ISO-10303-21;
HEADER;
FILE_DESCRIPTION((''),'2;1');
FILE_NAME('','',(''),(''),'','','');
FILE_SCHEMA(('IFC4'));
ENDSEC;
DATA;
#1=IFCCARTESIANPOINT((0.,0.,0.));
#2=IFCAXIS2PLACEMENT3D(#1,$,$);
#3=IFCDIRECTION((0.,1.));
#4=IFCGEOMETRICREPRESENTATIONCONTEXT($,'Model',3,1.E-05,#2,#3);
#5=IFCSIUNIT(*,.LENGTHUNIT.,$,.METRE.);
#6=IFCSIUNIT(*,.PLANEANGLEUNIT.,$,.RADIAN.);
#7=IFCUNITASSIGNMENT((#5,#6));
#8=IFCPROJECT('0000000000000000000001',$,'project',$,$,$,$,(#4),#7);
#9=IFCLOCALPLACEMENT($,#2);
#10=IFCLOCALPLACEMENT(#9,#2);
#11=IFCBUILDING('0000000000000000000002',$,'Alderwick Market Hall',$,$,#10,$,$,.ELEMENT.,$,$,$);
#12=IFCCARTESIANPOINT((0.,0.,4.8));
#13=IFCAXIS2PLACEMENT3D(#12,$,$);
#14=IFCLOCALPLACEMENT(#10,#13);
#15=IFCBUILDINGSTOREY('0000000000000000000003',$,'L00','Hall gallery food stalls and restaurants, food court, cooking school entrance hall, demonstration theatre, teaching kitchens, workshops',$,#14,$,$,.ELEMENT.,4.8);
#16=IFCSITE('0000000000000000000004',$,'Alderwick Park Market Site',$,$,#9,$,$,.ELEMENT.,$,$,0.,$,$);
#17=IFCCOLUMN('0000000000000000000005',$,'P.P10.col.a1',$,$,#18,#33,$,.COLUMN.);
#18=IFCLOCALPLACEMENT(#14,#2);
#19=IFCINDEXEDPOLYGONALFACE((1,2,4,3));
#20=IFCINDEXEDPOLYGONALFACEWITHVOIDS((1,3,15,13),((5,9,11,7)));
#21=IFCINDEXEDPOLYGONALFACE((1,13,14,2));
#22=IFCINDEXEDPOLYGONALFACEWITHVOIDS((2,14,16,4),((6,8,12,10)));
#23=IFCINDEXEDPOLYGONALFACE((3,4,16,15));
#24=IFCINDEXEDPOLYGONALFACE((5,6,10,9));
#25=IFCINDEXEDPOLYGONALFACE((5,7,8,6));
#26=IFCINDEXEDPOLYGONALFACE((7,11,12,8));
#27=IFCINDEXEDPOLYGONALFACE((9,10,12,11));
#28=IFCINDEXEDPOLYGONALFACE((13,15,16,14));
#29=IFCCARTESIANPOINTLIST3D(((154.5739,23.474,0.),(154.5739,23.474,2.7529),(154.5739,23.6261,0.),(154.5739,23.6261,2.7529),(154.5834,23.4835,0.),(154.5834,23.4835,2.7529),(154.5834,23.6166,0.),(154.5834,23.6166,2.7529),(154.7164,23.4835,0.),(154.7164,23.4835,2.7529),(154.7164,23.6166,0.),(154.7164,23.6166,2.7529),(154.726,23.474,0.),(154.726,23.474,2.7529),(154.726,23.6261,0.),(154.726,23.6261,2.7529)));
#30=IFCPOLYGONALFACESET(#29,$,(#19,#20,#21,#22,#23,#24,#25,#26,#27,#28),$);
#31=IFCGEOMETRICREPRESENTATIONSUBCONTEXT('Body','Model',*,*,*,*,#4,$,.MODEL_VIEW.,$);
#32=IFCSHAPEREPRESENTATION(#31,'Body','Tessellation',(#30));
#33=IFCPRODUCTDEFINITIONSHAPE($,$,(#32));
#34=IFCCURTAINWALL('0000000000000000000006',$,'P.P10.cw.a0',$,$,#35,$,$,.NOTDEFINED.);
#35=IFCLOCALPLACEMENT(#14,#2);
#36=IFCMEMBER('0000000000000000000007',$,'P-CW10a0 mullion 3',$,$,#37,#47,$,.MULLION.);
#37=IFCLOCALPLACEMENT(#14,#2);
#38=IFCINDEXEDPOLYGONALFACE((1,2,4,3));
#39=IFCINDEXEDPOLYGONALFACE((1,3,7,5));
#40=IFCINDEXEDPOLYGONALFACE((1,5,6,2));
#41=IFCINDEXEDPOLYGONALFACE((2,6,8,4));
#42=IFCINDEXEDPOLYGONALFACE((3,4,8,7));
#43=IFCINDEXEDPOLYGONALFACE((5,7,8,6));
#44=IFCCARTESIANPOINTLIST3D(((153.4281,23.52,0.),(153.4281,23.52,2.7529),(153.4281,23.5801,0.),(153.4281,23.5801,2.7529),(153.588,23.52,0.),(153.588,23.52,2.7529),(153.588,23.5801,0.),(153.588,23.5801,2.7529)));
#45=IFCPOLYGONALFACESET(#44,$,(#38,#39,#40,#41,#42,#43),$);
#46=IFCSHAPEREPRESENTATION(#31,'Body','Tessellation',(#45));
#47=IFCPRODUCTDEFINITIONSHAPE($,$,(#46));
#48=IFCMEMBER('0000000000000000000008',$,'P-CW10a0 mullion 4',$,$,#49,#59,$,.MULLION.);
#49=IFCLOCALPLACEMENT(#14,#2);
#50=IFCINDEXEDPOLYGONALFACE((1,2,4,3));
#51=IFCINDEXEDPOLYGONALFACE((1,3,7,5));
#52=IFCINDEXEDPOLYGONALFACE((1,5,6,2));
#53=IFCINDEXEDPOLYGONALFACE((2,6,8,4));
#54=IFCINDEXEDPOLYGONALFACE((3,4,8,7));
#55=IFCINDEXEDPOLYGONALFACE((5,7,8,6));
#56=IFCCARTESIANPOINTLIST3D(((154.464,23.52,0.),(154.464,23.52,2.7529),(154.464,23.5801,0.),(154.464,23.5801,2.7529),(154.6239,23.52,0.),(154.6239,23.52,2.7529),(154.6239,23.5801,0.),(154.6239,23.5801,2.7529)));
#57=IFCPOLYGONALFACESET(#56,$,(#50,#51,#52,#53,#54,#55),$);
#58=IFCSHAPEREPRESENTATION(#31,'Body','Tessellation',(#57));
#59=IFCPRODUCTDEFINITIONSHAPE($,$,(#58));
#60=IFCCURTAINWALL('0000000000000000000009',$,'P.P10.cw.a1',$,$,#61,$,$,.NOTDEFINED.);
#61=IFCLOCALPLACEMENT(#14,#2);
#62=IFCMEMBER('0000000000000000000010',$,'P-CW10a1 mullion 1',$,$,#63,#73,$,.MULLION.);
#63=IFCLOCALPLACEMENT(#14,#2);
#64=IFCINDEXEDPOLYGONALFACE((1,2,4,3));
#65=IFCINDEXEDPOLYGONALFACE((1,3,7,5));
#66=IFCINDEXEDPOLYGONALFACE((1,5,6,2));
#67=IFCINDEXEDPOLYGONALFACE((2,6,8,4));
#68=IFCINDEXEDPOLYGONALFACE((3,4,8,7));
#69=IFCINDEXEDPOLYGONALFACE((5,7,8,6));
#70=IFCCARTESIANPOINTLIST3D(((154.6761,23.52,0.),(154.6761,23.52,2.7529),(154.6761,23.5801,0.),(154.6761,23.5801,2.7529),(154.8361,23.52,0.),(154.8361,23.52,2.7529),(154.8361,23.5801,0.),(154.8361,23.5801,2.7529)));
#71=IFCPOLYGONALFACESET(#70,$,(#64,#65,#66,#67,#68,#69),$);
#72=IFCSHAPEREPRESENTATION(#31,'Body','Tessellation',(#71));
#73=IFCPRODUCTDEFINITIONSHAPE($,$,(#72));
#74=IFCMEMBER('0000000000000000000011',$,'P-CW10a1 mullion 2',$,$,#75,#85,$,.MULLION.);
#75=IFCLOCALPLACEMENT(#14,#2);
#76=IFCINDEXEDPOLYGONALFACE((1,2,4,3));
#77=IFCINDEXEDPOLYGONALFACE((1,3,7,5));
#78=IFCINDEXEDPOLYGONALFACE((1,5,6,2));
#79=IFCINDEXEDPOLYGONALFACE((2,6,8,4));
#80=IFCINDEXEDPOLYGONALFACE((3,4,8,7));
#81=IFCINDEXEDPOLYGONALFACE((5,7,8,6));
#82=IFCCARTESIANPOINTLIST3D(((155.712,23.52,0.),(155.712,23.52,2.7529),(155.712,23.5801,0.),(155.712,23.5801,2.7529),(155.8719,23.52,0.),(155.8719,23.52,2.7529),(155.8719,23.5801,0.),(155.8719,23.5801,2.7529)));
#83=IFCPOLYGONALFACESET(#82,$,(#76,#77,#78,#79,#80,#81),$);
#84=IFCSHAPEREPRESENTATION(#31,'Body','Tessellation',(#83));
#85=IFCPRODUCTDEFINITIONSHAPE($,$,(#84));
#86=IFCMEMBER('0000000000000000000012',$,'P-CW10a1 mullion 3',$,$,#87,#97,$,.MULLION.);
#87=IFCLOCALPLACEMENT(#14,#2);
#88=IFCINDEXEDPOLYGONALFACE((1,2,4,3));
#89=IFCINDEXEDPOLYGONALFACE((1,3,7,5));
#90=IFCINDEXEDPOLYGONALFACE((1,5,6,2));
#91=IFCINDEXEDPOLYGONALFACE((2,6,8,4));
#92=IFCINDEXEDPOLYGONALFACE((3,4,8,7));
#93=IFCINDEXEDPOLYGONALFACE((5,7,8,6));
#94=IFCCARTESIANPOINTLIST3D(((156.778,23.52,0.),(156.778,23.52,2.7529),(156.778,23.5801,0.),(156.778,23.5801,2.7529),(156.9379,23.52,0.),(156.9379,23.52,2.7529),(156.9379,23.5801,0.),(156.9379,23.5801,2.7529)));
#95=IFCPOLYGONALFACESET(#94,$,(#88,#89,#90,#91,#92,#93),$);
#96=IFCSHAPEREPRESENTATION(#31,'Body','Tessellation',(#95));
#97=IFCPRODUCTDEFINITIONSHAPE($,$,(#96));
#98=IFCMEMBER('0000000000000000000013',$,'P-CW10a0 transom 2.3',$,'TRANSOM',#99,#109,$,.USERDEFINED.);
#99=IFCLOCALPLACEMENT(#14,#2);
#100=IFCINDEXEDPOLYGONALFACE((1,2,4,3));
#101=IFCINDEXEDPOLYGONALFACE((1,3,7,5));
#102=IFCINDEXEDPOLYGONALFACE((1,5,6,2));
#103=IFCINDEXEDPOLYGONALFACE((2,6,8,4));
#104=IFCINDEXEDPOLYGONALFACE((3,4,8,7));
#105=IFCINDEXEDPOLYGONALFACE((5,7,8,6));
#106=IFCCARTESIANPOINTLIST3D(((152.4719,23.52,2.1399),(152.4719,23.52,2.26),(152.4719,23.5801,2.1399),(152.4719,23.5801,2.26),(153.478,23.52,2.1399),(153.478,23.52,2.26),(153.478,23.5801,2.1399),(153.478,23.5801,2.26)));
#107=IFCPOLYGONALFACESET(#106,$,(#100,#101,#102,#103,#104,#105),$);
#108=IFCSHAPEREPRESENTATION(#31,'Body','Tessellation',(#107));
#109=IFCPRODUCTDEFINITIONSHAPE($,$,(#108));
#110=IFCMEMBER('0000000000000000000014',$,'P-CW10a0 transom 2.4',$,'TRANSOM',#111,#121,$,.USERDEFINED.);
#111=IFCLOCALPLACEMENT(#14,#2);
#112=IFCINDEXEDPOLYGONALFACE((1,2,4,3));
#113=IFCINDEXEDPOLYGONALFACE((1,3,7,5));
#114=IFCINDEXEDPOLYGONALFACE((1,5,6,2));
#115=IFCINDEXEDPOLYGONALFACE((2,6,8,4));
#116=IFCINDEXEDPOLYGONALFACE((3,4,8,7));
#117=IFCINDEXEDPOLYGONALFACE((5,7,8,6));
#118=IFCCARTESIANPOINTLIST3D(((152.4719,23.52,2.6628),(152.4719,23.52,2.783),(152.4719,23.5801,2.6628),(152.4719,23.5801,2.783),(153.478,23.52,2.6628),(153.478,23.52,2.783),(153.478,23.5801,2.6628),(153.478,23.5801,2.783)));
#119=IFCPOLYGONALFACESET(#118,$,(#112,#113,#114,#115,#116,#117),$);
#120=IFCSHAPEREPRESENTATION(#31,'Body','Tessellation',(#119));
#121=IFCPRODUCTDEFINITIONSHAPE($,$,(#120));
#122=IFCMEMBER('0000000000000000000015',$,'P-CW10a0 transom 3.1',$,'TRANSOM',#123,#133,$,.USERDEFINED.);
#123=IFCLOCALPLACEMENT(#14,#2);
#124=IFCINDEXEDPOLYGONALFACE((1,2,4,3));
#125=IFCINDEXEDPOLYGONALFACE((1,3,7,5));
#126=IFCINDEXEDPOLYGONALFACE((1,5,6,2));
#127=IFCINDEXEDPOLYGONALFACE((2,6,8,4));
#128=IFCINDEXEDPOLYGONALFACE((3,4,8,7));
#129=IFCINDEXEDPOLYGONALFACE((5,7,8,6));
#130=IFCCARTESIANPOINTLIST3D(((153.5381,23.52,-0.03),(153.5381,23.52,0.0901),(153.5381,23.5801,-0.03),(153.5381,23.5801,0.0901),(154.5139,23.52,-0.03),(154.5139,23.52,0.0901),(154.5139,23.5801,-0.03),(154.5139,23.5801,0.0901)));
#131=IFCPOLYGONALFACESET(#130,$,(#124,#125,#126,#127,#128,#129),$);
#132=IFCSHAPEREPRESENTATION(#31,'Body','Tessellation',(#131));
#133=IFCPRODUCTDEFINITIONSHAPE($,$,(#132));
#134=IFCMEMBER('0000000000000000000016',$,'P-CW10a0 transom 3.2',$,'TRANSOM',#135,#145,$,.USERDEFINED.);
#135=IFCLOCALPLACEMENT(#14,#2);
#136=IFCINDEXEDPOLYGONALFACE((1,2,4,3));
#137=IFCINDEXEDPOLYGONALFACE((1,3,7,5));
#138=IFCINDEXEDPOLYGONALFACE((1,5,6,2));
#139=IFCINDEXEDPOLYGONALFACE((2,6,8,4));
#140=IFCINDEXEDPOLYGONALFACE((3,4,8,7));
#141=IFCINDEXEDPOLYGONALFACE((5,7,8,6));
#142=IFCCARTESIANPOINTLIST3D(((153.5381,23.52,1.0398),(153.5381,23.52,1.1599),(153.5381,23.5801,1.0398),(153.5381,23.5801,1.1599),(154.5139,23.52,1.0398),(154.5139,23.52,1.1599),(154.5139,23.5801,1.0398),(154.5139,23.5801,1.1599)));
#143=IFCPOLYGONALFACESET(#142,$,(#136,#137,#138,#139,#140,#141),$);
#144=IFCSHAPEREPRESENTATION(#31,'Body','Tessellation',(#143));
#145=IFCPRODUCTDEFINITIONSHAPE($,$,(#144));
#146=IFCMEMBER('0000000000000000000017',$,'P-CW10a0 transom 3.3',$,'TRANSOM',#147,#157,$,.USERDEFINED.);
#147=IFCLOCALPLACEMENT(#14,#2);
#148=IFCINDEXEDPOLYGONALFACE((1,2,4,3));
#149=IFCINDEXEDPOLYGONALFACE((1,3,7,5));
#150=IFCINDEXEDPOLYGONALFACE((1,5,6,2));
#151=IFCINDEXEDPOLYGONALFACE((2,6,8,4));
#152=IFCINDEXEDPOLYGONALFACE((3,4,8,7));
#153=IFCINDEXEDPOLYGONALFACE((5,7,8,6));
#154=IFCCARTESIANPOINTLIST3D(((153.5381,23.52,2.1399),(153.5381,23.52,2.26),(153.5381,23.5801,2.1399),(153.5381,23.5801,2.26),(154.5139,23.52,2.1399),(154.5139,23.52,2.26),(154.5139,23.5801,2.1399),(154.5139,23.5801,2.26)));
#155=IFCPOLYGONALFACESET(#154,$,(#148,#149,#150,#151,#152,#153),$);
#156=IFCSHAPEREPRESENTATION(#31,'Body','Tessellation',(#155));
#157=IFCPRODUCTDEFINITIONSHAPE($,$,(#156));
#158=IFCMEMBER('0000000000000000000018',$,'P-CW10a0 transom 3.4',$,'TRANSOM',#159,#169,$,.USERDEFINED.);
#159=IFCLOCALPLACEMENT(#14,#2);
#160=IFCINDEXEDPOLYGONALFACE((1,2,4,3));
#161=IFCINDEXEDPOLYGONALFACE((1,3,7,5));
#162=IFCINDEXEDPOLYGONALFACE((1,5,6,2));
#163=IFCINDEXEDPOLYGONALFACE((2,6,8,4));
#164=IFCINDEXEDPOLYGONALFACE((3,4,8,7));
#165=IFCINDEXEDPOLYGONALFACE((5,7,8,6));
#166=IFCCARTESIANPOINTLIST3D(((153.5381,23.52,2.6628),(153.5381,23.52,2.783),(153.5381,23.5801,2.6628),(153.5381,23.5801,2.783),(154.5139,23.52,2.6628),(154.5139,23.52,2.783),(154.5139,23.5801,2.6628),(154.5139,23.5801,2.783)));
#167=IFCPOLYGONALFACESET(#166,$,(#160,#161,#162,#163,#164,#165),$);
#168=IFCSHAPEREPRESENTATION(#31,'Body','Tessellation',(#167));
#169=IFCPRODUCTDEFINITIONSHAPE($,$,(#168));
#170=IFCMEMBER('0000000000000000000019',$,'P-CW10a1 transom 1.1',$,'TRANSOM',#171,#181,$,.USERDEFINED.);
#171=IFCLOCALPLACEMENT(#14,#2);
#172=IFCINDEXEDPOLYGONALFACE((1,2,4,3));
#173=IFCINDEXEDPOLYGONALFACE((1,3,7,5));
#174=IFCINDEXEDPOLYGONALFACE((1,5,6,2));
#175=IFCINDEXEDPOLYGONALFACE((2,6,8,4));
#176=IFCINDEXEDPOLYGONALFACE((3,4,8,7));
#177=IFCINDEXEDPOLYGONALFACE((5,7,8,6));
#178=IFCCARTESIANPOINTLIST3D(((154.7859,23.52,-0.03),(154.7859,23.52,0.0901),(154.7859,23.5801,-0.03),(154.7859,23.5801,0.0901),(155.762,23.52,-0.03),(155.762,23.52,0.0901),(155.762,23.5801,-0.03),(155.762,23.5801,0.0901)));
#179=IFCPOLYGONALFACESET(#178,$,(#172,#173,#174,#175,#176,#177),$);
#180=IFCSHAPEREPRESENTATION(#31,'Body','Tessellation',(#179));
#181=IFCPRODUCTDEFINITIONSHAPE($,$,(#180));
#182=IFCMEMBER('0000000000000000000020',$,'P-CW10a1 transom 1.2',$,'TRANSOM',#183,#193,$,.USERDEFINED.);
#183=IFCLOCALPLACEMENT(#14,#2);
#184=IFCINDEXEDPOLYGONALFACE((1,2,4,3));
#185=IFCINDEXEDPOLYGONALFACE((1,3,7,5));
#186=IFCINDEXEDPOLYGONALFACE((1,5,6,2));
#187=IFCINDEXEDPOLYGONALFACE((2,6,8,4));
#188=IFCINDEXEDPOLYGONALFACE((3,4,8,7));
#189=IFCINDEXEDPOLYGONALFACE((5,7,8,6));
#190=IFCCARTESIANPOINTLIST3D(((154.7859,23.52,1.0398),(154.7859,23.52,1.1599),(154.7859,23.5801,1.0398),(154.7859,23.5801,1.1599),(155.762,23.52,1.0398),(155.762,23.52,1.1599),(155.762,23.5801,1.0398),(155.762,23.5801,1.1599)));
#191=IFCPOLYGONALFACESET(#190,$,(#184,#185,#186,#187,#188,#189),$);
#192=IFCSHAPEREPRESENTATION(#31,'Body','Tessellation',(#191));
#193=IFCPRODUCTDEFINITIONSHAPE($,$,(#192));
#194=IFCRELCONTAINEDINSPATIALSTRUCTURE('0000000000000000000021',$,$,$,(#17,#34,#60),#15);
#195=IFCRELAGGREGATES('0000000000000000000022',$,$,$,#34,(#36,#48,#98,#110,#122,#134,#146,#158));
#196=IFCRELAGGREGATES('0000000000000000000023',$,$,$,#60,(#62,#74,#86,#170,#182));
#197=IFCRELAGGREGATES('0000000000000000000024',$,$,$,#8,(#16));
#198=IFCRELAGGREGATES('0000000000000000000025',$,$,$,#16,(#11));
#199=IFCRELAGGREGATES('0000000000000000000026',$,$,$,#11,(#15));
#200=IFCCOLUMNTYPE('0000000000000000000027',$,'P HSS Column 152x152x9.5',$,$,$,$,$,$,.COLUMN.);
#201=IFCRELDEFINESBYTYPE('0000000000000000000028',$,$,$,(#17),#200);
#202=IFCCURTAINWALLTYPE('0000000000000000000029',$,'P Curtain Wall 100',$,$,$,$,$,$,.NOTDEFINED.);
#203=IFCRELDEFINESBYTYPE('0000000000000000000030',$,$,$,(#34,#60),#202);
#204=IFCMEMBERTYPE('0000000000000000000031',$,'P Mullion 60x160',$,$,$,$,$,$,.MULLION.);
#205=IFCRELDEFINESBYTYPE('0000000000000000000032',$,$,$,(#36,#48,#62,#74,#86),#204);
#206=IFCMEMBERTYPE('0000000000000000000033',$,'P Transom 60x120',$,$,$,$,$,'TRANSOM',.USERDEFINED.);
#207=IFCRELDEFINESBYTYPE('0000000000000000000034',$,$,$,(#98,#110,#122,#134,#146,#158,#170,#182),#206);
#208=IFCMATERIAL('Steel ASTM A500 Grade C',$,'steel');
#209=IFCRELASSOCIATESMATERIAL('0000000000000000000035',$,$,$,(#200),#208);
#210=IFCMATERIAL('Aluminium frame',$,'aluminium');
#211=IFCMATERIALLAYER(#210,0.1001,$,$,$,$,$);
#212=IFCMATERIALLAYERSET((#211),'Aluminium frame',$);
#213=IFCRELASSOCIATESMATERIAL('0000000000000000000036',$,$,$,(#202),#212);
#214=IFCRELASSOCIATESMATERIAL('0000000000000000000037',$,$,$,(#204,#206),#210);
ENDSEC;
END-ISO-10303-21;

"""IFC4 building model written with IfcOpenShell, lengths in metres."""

from ifc_helpers import new_model, si_unit, direction, frame, origin, origin_2d, place, context, subcontext, project, spatial, rectangle, hollow_rectangle, extrude, material, layer, layer_set, material_profile, profile_set, type_object, element, aggregate, save


model = new_model("IFC4")

# Units and contexts
model_context = context("Model", 3, precision=1e-05, world=origin(), true_north=direction((0.0, 1.0)))
body_context = subcontext(model_context, "Body", "Model", "MODEL_VIEW")
ifc_project = project(units=[si_unit("LENGTHUNIT", "METRE"), si_unit("PLANEANGLEUNIT", "RADIAN")], contexts=[model_context])

# Site, building, storey
site_placement = place(None, origin())
site = spatial("IfcSite", under=ifc_project, at=site_placement, Name="Alderwick Park Market Site", CompositionType="ELEMENT", RefElevation=0.0)
building_placement = place(site_placement, origin())
building = spatial("IfcBuilding", under=site, at=building_placement, Name="Alderwick Market Hall", CompositionType="ELEMENT")
storey_placement = place(building_placement, frame((0.0, 0.0, 4.8)))
storey = spatial("IfcBuildingStorey", under=building, at=storey_placement, Name="L00", Description="Hall gallery food stalls and restaurants, food court, cooking school entrance hall, demonstration theatre, teaching kitchens, workshops", CompositionType="ELEMENT", Elevation=4.8)

# Column
ifc_material_1 = material(Name="Steel ASTM A500 Grade C", Category="steel")
ifc_material_profile_1 = material_profile(ifc_material_1, hollow_rectangle(XDim=0.1521, YDim=0.1521, WallThickness=0.0095, at=origin_2d()), Name="HSS152x152x9.5")
ifc_profile_set_1 = profile_set([ifc_material_profile_1], Name="Steel ASTM A500 Grade C")
column_type = type_object("IfcColumnType", Name="P HSS Column 152x152x9.5", PredefinedType="COLUMN", material=ifc_profile_set_1)
column_placement = place(storey_placement, frame((154.6499, 23.55, 0.0), z_axis=(0.0, 0.0, 1.0), x_axis=(1.0, 0.0, 0.0)))
element("IfcColumn", 1, at=column_placement, inside=storey, type_object=column_type, Name="P.P10.col.a1", PredefinedType="COLUMN", context=body_context, shape_type="SweptSolid", body=[
    extrude(hollow_rectangle(XDim=0.1521, YDim=0.1521, WallThickness=0.0095, at=origin_2d()), origin(), (0.0, 0.0, 1.0), 2.7529),
])

# Curtain walls, members
ifc_material_2 = material(Name="Aluminium frame", Category="aluminium")
ifc_layer_1 = layer(ifc_material_2, 0.1001)
ifc_layer_set_1 = layer_set([ifc_layer_1], Name="Aluminium frame")
curtain_wall_type = type_object("IfcCurtainWallType", Name="P Curtain Wall 100", PredefinedType="NOTDEFINED", material=ifc_layer_set_1)
curtain_wall_1_placement = place(storey_placement, origin())
curtain_wall_1 = element("IfcCurtainWall", 2, at=curtain_wall_1_placement, inside=storey, type_object=curtain_wall_type, Name="P.P10.cw.a0", PredefinedType="NOTDEFINED")
ifc_material_profile_2 = material_profile(ifc_material_2, rectangle(XDim=0.0601, YDim=0.1599, at=origin_2d()), Name="P Mullion 60x160")
ifc_profile_set_2 = profile_set([ifc_material_profile_2], Name="Aluminium frame")
member_type_1 = type_object("IfcMemberType", Name="P Mullion 60x160", PredefinedType="MULLION", material=ifc_profile_set_2)
member_1_placement = place(storey_placement, frame((153.5081, 23.55, 0.0), z_axis=(0.0, 0.0, 1.0), x_axis=(0.0, 1.0, 0.0)))
member_1 = element("IfcMember", 3, at=member_1_placement, type_object=member_type_1, Name="P-CW10a0 mullion 3", PredefinedType="MULLION", context=body_context, shape_type="SweptSolid", body=[
    extrude(rectangle(XDim=0.0601, YDim=0.1599, at=origin_2d()), origin(), (0.0, 0.0, 1.0), 2.7529),
])
member_2_placement = place(storey_placement, frame((154.5439, 23.55, 0.0), z_axis=(0.0, 0.0, 1.0), x_axis=(0.0, 1.0, 0.0)))
member_2 = element("IfcMember", 4, at=member_2_placement, type_object=member_type_1, Name="P-CW10a0 mullion 4", PredefinedType="MULLION", context=body_context, shape_type="SweptSolid", body=[
    extrude(rectangle(XDim=0.0601, YDim=0.1599, at=origin_2d()), origin(), (0.0, 0.0, 1.0), 2.7529),
])
curtain_wall_2_placement = place(storey_placement, origin())
curtain_wall_2 = element("IfcCurtainWall", 5, at=curtain_wall_2_placement, inside=storey, type_object=curtain_wall_type, Name="P.P10.cw.a1", PredefinedType="NOTDEFINED")
member_3_placement = place(storey_placement, frame((154.7561, 23.55, 0.0), z_axis=(0.0, 0.0, 1.0), x_axis=(0.0, 1.0, 0.0)))
member_3 = element("IfcMember", 6, at=member_3_placement, type_object=member_type_1, Name="P-CW10a1 mullion 1", PredefinedType="MULLION", context=body_context, shape_type="SweptSolid", body=[
    extrude(rectangle(XDim=0.0601, YDim=0.1599, at=origin_2d()), origin(), (0.0, 0.0, 1.0), 2.7529),
])
member_4_placement = place(storey_placement, frame((155.792, 23.55, 0.0), z_axis=(0.0, 0.0, 1.0), x_axis=(0.0, 1.0, 0.0)))
member_4 = element("IfcMember", 7, at=member_4_placement, type_object=member_type_1, Name="P-CW10a1 mullion 2", PredefinedType="MULLION", context=body_context, shape_type="SweptSolid", body=[
    extrude(rectangle(XDim=0.0601, YDim=0.1599, at=origin_2d()), origin(), (0.0, 0.0, 1.0), 2.7529),
])
member_5_placement = place(storey_placement, frame((156.8579, 23.55, 0.0), z_axis=(0.0, 0.0, 1.0), x_axis=(0.0, 1.0, 0.0)))
member_5 = element("IfcMember", 8, at=member_5_placement, type_object=member_type_1, Name="P-CW10a1 mullion 3", PredefinedType="MULLION", context=body_context, shape_type="SweptSolid", body=[
    extrude(rectangle(XDim=0.0601, YDim=0.1599, at=origin_2d()), origin(), (0.0, 0.0, 1.0), 2.7529),
])

# Members
ifc_material_profile_3 = material_profile(ifc_material_2, rectangle(XDim=0.0601, YDim=0.1201, at=origin_2d()), Name="P Transom 60x120")
ifc_profile_set_3 = profile_set([ifc_material_profile_3], Name="Aluminium frame")
member_type_2 = type_object("IfcMemberType", Name="P Transom 60x120", ElementType="TRANSOM", PredefinedType="USERDEFINED", material=ifc_profile_set_3)
member_6_placement = place(storey_placement, frame((152.4719, 23.55, 2.2), z_axis=(1.0, 0.0, 0.0), x_axis=(0.0, 1.0, 0.0)))
member_6 = element("IfcMember", 9, at=member_6_placement, type_object=member_type_2, Name="P-CW10a0 transom 2.3", ObjectType="TRANSOM", PredefinedType="USERDEFINED", context=body_context, shape_type="SweptSolid", body=[
    extrude(rectangle(XDim=0.0601, YDim=0.1201, at=origin_2d()), origin(), (0.0, 0.0, 1.0), 1.0061),
])
member_7_placement = place(storey_placement, frame((152.4719, 23.55, 2.7229), z_axis=(1.0, 0.0, 0.0), x_axis=(0.0, 1.0, 0.0)))
member_7 = element("IfcMember", 10, at=member_7_placement, type_object=member_type_2, Name="P-CW10a0 transom 2.4", ObjectType="TRANSOM", PredefinedType="USERDEFINED", context=body_context, shape_type="SweptSolid", body=[
    extrude(rectangle(XDim=0.0601, YDim=0.1201, at=origin_2d()), origin(), (0.0, 0.0, 1.0), 1.0061),
])
member_8_placement = place(storey_placement, frame((153.5381, 23.55, 0.03), z_axis=(1.0, 0.0, 0.0), x_axis=(0.0, 1.0, 0.0)))
member_8 = element("IfcMember", 11, at=member_8_placement, type_object=member_type_2, Name="P-CW10a0 transom 3.1", ObjectType="TRANSOM", PredefinedType="USERDEFINED", context=body_context, shape_type="SweptSolid", body=[
    extrude(rectangle(XDim=0.0601, YDim=0.1201, at=origin_2d()), origin(), (0.0, 0.0, 1.0), 0.9758),
])
member_9_placement = place(storey_placement, frame((153.5381, 23.55, 1.0999), z_axis=(1.0, 0.0, 0.0), x_axis=(0.0, 1.0, 0.0)))
member_9 = element("IfcMember", 12, at=member_9_placement, type_object=member_type_2, Name="P-CW10a0 transom 3.2", ObjectType="TRANSOM", PredefinedType="USERDEFINED", context=body_context, shape_type="SweptSolid", body=[
    extrude(rectangle(XDim=0.0601, YDim=0.1201, at=origin_2d()), origin(), (0.0, 0.0, 1.0), 0.9758),
])
member_10_placement = place(storey_placement, frame((153.5381, 23.55, 2.2), z_axis=(1.0, 0.0, 0.0), x_axis=(0.0, 1.0, 0.0)))
member_10 = element("IfcMember", 13, at=member_10_placement, type_object=member_type_2, Name="P-CW10a0 transom 3.3", ObjectType="TRANSOM", PredefinedType="USERDEFINED", context=body_context, shape_type="SweptSolid", body=[
    extrude(rectangle(XDim=0.0601, YDim=0.1201, at=origin_2d()), origin(), (0.0, 0.0, 1.0), 0.9758),
])
member_11_placement = place(storey_placement, frame((153.5381, 23.55, 2.7229), z_axis=(1.0, 0.0, 0.0), x_axis=(0.0, 1.0, 0.0)))
member_11 = element("IfcMember", 14, at=member_11_placement, type_object=member_type_2, Name="P-CW10a0 transom 3.4", ObjectType="TRANSOM", PredefinedType="USERDEFINED", context=body_context, shape_type="SweptSolid", body=[
    extrude(rectangle(XDim=0.0601, YDim=0.1201, at=origin_2d()), origin(), (0.0, 0.0, 1.0), 0.9758),
])
member_12_placement = place(storey_placement, frame((154.7859, 23.55, 0.03), z_axis=(1.0, 0.0, 0.0), x_axis=(0.0, 1.0, 0.0)))
member_12 = element("IfcMember", 15, at=member_12_placement, type_object=member_type_2, Name="P-CW10a1 transom 1.1", ObjectType="TRANSOM", PredefinedType="USERDEFINED", context=body_context, shape_type="SweptSolid", body=[
    extrude(rectangle(XDim=0.0601, YDim=0.1201, at=origin_2d()), origin(), (0.0, 0.0, 1.0), 0.9761),
])
member_13_placement = place(storey_placement, frame((154.7859, 23.55, 1.0999), z_axis=(1.0, 0.0, 0.0), x_axis=(0.0, 1.0, 0.0)))
member_13 = element("IfcMember", 16, at=member_13_placement, type_object=member_type_2, Name="P-CW10a1 transom 1.2", ObjectType="TRANSOM", PredefinedType="USERDEFINED", context=body_context, shape_type="SweptSolid", body=[
    extrude(rectangle(XDim=0.0601, YDim=0.1201, at=origin_2d()), origin(), (0.0, 0.0, 1.0), 0.9761),
])

aggregate(curtain_wall_1, [member_1, member_2, member_6, member_7, member_8, member_9, member_10, member_11])
aggregate(curtain_wall_2, [member_3, member_4, member_5, member_12, member_13])

save(model, "model.ifc")
